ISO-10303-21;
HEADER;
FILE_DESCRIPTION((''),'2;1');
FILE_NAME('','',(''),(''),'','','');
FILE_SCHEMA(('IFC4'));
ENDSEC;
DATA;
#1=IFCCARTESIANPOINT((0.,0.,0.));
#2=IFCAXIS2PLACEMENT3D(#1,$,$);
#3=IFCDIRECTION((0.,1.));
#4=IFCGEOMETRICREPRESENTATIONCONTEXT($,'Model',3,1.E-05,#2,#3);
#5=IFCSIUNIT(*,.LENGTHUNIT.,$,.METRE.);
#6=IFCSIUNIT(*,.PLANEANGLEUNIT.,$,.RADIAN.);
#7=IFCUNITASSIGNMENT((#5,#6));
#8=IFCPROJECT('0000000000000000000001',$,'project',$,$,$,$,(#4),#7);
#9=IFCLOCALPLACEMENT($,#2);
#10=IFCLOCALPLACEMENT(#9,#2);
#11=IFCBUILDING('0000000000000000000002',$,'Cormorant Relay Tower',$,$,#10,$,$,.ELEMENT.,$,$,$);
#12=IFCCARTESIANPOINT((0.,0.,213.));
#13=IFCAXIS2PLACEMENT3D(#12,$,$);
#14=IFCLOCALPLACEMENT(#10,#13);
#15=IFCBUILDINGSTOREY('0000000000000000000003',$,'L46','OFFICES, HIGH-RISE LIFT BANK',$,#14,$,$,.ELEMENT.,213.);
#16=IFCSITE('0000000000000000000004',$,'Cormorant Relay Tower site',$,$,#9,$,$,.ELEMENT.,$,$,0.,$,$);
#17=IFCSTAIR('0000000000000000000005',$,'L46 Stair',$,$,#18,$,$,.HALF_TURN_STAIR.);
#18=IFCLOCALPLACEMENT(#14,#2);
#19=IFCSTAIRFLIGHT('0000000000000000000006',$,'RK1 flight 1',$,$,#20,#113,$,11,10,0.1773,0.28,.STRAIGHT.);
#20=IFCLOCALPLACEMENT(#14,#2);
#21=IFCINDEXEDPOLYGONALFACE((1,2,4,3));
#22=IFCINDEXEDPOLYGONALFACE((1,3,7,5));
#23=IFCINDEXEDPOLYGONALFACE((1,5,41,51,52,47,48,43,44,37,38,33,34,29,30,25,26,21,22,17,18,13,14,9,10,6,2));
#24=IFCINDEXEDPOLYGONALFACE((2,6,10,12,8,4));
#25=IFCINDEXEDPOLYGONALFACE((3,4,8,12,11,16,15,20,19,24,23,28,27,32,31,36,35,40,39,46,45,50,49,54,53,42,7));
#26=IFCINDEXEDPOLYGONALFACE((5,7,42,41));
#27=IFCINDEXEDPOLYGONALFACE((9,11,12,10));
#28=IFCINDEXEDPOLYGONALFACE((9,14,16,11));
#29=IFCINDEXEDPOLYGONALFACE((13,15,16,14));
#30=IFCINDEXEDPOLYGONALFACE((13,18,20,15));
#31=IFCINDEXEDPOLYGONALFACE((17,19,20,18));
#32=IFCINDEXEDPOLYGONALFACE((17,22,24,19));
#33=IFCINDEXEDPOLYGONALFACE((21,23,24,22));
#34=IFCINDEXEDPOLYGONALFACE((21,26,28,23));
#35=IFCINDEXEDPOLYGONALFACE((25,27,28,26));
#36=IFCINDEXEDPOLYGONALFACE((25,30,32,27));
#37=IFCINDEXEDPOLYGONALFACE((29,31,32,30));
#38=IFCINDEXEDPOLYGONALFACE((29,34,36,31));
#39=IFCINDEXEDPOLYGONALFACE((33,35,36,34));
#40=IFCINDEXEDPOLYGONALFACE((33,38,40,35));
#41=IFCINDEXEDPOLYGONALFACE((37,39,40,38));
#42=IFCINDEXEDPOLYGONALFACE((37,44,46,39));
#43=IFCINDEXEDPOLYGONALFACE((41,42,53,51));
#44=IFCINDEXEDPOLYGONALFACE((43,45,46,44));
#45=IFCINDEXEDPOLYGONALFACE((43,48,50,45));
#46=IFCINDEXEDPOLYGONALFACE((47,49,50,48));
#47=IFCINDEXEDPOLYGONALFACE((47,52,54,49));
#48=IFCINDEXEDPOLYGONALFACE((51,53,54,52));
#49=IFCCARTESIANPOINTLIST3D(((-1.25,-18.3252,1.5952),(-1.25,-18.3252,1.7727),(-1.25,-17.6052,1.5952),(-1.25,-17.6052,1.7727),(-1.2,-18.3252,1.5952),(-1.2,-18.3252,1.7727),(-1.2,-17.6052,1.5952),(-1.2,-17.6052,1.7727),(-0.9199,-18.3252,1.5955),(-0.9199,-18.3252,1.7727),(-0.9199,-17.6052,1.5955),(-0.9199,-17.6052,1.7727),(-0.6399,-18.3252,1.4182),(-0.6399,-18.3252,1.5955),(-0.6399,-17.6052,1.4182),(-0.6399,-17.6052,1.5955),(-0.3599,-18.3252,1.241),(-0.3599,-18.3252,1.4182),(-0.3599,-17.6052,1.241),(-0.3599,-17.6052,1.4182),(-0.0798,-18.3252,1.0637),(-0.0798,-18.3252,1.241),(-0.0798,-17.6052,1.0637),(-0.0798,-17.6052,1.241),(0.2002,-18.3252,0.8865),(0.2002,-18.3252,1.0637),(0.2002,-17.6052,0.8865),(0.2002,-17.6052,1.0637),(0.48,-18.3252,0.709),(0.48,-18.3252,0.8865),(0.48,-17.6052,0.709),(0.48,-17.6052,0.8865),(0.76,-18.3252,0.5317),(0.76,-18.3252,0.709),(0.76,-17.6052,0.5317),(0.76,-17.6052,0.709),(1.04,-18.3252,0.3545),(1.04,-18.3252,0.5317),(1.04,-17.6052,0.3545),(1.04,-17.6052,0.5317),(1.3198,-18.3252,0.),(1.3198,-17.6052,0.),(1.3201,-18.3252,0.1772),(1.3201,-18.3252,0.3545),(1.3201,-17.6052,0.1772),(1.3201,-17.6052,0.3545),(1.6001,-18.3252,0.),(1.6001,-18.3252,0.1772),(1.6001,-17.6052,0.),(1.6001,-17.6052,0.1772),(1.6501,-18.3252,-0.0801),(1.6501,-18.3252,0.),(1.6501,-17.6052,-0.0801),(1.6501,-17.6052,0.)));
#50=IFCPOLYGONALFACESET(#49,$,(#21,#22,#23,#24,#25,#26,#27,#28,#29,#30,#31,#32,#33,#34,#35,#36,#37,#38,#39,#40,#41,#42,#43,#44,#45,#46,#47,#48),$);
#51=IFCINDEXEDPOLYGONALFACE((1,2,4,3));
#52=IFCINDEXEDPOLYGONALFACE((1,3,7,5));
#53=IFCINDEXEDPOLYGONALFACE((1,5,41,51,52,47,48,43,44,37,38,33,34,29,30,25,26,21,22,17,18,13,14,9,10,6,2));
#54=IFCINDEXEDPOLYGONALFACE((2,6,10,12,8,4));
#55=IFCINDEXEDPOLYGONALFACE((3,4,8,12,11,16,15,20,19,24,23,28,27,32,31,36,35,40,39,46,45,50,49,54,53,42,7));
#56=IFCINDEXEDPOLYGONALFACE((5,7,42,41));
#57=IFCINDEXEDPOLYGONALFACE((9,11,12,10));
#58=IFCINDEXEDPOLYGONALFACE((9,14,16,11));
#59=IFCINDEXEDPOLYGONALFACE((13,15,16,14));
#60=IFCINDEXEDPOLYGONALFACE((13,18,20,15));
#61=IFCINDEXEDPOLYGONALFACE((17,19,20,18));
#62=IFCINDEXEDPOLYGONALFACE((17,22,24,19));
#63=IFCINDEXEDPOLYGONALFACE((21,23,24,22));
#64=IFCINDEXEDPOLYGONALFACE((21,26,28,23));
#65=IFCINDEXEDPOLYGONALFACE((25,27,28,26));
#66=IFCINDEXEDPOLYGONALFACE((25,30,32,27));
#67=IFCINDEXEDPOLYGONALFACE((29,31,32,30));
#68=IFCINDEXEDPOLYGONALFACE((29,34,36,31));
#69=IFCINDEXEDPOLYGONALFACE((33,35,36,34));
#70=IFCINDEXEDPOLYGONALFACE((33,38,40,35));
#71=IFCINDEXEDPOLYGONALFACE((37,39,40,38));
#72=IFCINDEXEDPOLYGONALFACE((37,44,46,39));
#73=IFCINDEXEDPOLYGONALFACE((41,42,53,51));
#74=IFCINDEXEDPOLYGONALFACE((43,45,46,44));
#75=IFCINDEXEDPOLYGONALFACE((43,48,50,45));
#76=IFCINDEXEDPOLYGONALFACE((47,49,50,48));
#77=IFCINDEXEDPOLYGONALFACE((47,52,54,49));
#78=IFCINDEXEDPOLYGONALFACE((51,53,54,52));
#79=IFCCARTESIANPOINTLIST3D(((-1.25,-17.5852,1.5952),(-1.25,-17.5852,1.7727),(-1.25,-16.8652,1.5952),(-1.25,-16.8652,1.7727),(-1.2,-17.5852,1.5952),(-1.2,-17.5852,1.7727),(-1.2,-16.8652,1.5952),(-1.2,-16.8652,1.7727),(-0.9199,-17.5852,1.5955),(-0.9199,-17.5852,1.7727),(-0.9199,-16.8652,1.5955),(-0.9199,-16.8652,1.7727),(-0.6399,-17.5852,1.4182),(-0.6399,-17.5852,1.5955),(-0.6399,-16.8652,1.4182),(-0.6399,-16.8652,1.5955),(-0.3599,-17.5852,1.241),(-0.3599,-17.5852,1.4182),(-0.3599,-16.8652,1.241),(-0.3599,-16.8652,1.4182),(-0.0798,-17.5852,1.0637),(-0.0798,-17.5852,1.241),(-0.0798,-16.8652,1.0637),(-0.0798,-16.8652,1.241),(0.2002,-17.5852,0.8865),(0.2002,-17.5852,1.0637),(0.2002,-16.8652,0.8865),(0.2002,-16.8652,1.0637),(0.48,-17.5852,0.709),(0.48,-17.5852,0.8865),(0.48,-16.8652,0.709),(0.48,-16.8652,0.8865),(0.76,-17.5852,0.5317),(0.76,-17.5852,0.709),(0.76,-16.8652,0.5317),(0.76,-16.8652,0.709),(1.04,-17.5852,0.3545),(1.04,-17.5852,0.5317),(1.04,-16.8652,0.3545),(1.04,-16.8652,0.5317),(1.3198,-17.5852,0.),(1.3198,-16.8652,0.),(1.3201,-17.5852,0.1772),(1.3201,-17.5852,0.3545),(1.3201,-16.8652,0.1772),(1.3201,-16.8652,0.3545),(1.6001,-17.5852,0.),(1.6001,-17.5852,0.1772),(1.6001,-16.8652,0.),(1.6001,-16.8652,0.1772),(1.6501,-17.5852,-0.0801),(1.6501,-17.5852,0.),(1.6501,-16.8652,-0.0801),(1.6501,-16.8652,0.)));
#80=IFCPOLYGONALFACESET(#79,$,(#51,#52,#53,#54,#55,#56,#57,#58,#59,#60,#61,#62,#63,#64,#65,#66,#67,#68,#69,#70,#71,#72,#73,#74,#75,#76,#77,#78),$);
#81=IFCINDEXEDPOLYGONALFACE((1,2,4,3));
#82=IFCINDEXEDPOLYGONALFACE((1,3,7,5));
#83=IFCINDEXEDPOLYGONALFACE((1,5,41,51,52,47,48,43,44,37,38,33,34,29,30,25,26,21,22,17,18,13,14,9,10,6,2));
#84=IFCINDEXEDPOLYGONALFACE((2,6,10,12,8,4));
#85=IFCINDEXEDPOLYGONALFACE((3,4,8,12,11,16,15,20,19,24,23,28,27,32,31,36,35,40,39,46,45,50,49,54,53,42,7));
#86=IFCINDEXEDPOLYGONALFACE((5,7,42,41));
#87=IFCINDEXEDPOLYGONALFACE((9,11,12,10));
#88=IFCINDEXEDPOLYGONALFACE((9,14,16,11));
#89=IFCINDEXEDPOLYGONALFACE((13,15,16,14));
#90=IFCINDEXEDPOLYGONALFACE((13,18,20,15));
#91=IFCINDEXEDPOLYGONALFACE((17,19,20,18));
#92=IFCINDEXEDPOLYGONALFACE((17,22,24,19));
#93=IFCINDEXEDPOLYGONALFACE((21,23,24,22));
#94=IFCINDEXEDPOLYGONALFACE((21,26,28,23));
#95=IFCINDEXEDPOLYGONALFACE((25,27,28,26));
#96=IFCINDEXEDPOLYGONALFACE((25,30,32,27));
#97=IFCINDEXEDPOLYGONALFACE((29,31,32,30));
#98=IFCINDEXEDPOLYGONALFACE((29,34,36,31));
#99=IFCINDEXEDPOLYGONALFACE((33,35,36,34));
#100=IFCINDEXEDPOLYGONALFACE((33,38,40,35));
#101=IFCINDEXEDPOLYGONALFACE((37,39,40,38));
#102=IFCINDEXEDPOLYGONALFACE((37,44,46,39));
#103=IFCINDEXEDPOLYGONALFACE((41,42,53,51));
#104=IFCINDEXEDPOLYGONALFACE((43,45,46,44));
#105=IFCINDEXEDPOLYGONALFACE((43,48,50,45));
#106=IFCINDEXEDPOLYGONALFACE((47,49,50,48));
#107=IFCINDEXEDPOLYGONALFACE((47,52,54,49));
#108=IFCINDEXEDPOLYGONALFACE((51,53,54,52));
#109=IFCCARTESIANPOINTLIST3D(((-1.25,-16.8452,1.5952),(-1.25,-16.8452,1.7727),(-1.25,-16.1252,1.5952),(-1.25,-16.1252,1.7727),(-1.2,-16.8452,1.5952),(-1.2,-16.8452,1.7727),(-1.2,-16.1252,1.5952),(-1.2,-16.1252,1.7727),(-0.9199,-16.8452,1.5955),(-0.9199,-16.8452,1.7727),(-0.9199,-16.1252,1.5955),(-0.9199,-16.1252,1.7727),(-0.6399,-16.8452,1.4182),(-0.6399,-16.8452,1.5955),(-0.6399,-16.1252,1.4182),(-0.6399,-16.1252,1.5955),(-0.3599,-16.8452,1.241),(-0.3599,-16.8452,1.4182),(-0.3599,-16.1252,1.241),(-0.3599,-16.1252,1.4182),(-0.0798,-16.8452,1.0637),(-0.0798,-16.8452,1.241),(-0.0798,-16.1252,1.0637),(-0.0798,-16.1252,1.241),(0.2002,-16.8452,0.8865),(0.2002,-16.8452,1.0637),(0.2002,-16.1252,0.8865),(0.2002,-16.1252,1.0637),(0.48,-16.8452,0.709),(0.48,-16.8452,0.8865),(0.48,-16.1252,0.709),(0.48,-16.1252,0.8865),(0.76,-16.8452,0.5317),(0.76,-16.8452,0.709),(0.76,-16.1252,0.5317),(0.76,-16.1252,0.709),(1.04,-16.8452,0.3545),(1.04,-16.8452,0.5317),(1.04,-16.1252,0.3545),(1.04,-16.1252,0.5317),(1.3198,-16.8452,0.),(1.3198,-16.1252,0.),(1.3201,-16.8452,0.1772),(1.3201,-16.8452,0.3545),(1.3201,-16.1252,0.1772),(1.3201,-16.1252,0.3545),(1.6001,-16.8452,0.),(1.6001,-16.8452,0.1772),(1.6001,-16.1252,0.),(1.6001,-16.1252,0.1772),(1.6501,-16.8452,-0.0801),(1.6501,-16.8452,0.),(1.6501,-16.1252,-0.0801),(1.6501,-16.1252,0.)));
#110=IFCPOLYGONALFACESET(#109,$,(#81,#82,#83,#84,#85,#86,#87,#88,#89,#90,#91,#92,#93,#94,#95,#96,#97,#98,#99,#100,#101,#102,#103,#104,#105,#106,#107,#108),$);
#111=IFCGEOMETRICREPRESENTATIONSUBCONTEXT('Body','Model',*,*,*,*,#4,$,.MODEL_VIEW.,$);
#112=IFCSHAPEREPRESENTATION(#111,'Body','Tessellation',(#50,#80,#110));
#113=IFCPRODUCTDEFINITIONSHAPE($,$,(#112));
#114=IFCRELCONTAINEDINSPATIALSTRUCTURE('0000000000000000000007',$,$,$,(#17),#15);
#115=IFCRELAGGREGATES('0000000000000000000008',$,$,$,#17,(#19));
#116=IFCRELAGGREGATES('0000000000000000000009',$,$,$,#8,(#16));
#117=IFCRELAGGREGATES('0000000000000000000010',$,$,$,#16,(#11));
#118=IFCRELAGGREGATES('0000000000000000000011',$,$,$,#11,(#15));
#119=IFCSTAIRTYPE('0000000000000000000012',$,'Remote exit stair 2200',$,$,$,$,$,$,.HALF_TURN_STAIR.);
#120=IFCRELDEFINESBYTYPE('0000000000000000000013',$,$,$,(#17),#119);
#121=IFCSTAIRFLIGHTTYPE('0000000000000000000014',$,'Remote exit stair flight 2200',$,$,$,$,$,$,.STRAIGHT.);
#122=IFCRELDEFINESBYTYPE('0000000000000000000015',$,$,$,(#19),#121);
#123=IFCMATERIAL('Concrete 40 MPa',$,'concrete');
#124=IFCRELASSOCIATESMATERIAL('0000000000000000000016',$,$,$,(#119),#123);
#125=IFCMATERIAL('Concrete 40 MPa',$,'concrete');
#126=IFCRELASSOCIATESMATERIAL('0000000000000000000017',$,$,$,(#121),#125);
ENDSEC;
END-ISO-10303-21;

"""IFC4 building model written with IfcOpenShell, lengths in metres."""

from ifc_helpers import new_model, si_unit, direction, frame, origin, place, context, subcontext, project, spatial, polyline, outline, extrude, material, type_object, element, aggregate, save


model = new_model("IFC4")

# Units and contexts
model_context = context("Model", 3, precision=1e-05, world=origin(), true_north=direction((0.0, 1.0)))
body_context = subcontext(model_context, "Body", "Model", "MODEL_VIEW")
ifc_project = project(units=[si_unit("LENGTHUNIT", "METRE"), si_unit("PLANEANGLEUNIT", "RADIAN")], contexts=[model_context])

# Site, building, storey
site_placement = place(None, origin())
site = spatial("IfcSite", under=ifc_project, at=site_placement, Name="Cormorant Relay Tower site", CompositionType="ELEMENT", RefElevation=0.0)
building_placement = place(site_placement, origin())
building = spatial("IfcBuilding", under=site, at=building_placement, Name="Cormorant Relay Tower", CompositionType="ELEMENT")
storey_placement = place(building_placement, frame((0.0, 0.0, 213.0)))
storey = spatial("IfcBuildingStorey", under=building, at=storey_placement, Name="L46", Description="OFFICES, HIGH-RISE LIFT BANK", CompositionType="ELEMENT", Elevation=213.0)

# Stair, stair flight
ifc_material_1 = material(Name="Concrete 40 MPa", Category="concrete")
stair_type = type_object("IfcStairType", Name="Remote exit stair 2200", PredefinedType="HALF_TURN_STAIR", material=ifc_material_1)
stair_placement = place(storey_placement, origin())
stair = element("IfcStair", 1, at=stair_placement, inside=storey, type_object=stair_type, Name="L46 Stair", PredefinedType="HALF_TURN_STAIR")
ifc_material_2 = material(Name="Concrete 40 MPa", Category="concrete")
stair_flight_type = type_object("IfcStairFlightType", Name="Remote exit stair flight 2200", PredefinedType="STRAIGHT", material=ifc_material_2)
stair_flight_1_placement = place(storey_placement, frame((1.6001, -17.2251, 0.0), z_axis=(0.0, 0.0, 1.0), x_axis=(-1.0, 0.0, 0.0)))
stair_flight_1 = element("IfcStairFlight", 2, at=stair_flight_1_placement, type_object=stair_flight_type, Name="RK1 flight 1", NumberOfRisers=11, NumberOfTreads=10, PredefinedType="STRAIGHT", RiserHeight=0.1773, TreadLength=0.28, context=body_context, shape_type="SweptSolid", body=[
    extrude(outline(polyline([(-0.05, -0.0801), (-0.05, 0.0), (0.0, 0.0), (0.0, 0.1772), (0.28, 0.1772), (0.28, 0.3545), (0.5601, 0.3545), (0.5601, 0.5317), (0.8401, 0.5317), (0.8401, 0.709), (1.1201, 0.709), (1.1201, 0.8865), (1.3999, 0.8865), (1.3999, 1.0637), (1.6799, 1.0637), (1.6799, 1.241), (1.96, 1.241), (1.96, 1.4182), (2.24, 1.4182), (2.24, 1.5955), (2.52, 1.5955), (2.52, 1.7727), (2.8, 1.7727), (2.8501, 1.7727), (2.8501, 1.5952), (2.8, 1.5952), (0.2803, 0.0), (-0.05, -0.0801)])), frame((0.0, 1.1001, 0.0), z_axis=(0.0, -1.0, 0.0), x_axis=(1.0, 0.0, 0.0)), (0.0, 0.0, 1.0), 0.72),
    extrude(outline(polyline([(-0.05, -0.0801), (-0.05, 0.0), (0.0, 0.0), (0.0, 0.1772), (0.28, 0.1772), (0.28, 0.3545), (0.5601, 0.3545), (0.5601, 0.5317), (0.8401, 0.5317), (0.8401, 0.709), (1.1201, 0.709), (1.1201, 0.8865), (1.3999, 0.8865), (1.3999, 1.0637), (1.6799, 1.0637), (1.6799, 1.241), (1.96, 1.241), (1.96, 1.4182), (2.24, 1.4182), (2.24, 1.5955), (2.52, 1.5955), (2.52, 1.7727), (2.8, 1.7727), (2.8501, 1.7727), (2.8501, 1.5952), (2.8, 1.5952), (0.2803, 0.0), (-0.05, -0.0801)])), frame((0.0, 0.3601, 0.0), z_axis=(0.0, -1.0, 0.0), x_axis=(1.0, 0.0, 0.0)), (0.0, 0.0, 1.0), 0.72),
    extrude(outline(polyline([(-0.05, -0.0801), (-0.05, 0.0), (0.0, 0.0), (0.0, 0.1772), (0.28, 0.1772), (0.28, 0.3545), (0.5601, 0.3545), (0.5601, 0.5317), (0.8401, 0.5317), (0.8401, 0.709), (1.1201, 0.709), (1.1201, 0.8865), (1.3999, 0.8865), (1.3999, 1.0637), (1.6799, 1.0637), (1.6799, 1.241), (1.96, 1.241), (1.96, 1.4182), (2.24, 1.4182), (2.24, 1.5955), (2.52, 1.5955), (2.52, 1.7727), (2.8, 1.7727), (2.8501, 1.7727), (2.8501, 1.5952), (2.8, 1.5952), (0.2803, 0.0), (-0.05, -0.0801)])), frame((0.0, -0.3799, 0.0), z_axis=(0.0, -1.0, 0.0), x_axis=(1.0, 0.0, 0.0)), (0.0, 0.0, 1.0), 0.72),
])
aggregate(stair, [stair_flight_1])

save(model, "model.ifc")
